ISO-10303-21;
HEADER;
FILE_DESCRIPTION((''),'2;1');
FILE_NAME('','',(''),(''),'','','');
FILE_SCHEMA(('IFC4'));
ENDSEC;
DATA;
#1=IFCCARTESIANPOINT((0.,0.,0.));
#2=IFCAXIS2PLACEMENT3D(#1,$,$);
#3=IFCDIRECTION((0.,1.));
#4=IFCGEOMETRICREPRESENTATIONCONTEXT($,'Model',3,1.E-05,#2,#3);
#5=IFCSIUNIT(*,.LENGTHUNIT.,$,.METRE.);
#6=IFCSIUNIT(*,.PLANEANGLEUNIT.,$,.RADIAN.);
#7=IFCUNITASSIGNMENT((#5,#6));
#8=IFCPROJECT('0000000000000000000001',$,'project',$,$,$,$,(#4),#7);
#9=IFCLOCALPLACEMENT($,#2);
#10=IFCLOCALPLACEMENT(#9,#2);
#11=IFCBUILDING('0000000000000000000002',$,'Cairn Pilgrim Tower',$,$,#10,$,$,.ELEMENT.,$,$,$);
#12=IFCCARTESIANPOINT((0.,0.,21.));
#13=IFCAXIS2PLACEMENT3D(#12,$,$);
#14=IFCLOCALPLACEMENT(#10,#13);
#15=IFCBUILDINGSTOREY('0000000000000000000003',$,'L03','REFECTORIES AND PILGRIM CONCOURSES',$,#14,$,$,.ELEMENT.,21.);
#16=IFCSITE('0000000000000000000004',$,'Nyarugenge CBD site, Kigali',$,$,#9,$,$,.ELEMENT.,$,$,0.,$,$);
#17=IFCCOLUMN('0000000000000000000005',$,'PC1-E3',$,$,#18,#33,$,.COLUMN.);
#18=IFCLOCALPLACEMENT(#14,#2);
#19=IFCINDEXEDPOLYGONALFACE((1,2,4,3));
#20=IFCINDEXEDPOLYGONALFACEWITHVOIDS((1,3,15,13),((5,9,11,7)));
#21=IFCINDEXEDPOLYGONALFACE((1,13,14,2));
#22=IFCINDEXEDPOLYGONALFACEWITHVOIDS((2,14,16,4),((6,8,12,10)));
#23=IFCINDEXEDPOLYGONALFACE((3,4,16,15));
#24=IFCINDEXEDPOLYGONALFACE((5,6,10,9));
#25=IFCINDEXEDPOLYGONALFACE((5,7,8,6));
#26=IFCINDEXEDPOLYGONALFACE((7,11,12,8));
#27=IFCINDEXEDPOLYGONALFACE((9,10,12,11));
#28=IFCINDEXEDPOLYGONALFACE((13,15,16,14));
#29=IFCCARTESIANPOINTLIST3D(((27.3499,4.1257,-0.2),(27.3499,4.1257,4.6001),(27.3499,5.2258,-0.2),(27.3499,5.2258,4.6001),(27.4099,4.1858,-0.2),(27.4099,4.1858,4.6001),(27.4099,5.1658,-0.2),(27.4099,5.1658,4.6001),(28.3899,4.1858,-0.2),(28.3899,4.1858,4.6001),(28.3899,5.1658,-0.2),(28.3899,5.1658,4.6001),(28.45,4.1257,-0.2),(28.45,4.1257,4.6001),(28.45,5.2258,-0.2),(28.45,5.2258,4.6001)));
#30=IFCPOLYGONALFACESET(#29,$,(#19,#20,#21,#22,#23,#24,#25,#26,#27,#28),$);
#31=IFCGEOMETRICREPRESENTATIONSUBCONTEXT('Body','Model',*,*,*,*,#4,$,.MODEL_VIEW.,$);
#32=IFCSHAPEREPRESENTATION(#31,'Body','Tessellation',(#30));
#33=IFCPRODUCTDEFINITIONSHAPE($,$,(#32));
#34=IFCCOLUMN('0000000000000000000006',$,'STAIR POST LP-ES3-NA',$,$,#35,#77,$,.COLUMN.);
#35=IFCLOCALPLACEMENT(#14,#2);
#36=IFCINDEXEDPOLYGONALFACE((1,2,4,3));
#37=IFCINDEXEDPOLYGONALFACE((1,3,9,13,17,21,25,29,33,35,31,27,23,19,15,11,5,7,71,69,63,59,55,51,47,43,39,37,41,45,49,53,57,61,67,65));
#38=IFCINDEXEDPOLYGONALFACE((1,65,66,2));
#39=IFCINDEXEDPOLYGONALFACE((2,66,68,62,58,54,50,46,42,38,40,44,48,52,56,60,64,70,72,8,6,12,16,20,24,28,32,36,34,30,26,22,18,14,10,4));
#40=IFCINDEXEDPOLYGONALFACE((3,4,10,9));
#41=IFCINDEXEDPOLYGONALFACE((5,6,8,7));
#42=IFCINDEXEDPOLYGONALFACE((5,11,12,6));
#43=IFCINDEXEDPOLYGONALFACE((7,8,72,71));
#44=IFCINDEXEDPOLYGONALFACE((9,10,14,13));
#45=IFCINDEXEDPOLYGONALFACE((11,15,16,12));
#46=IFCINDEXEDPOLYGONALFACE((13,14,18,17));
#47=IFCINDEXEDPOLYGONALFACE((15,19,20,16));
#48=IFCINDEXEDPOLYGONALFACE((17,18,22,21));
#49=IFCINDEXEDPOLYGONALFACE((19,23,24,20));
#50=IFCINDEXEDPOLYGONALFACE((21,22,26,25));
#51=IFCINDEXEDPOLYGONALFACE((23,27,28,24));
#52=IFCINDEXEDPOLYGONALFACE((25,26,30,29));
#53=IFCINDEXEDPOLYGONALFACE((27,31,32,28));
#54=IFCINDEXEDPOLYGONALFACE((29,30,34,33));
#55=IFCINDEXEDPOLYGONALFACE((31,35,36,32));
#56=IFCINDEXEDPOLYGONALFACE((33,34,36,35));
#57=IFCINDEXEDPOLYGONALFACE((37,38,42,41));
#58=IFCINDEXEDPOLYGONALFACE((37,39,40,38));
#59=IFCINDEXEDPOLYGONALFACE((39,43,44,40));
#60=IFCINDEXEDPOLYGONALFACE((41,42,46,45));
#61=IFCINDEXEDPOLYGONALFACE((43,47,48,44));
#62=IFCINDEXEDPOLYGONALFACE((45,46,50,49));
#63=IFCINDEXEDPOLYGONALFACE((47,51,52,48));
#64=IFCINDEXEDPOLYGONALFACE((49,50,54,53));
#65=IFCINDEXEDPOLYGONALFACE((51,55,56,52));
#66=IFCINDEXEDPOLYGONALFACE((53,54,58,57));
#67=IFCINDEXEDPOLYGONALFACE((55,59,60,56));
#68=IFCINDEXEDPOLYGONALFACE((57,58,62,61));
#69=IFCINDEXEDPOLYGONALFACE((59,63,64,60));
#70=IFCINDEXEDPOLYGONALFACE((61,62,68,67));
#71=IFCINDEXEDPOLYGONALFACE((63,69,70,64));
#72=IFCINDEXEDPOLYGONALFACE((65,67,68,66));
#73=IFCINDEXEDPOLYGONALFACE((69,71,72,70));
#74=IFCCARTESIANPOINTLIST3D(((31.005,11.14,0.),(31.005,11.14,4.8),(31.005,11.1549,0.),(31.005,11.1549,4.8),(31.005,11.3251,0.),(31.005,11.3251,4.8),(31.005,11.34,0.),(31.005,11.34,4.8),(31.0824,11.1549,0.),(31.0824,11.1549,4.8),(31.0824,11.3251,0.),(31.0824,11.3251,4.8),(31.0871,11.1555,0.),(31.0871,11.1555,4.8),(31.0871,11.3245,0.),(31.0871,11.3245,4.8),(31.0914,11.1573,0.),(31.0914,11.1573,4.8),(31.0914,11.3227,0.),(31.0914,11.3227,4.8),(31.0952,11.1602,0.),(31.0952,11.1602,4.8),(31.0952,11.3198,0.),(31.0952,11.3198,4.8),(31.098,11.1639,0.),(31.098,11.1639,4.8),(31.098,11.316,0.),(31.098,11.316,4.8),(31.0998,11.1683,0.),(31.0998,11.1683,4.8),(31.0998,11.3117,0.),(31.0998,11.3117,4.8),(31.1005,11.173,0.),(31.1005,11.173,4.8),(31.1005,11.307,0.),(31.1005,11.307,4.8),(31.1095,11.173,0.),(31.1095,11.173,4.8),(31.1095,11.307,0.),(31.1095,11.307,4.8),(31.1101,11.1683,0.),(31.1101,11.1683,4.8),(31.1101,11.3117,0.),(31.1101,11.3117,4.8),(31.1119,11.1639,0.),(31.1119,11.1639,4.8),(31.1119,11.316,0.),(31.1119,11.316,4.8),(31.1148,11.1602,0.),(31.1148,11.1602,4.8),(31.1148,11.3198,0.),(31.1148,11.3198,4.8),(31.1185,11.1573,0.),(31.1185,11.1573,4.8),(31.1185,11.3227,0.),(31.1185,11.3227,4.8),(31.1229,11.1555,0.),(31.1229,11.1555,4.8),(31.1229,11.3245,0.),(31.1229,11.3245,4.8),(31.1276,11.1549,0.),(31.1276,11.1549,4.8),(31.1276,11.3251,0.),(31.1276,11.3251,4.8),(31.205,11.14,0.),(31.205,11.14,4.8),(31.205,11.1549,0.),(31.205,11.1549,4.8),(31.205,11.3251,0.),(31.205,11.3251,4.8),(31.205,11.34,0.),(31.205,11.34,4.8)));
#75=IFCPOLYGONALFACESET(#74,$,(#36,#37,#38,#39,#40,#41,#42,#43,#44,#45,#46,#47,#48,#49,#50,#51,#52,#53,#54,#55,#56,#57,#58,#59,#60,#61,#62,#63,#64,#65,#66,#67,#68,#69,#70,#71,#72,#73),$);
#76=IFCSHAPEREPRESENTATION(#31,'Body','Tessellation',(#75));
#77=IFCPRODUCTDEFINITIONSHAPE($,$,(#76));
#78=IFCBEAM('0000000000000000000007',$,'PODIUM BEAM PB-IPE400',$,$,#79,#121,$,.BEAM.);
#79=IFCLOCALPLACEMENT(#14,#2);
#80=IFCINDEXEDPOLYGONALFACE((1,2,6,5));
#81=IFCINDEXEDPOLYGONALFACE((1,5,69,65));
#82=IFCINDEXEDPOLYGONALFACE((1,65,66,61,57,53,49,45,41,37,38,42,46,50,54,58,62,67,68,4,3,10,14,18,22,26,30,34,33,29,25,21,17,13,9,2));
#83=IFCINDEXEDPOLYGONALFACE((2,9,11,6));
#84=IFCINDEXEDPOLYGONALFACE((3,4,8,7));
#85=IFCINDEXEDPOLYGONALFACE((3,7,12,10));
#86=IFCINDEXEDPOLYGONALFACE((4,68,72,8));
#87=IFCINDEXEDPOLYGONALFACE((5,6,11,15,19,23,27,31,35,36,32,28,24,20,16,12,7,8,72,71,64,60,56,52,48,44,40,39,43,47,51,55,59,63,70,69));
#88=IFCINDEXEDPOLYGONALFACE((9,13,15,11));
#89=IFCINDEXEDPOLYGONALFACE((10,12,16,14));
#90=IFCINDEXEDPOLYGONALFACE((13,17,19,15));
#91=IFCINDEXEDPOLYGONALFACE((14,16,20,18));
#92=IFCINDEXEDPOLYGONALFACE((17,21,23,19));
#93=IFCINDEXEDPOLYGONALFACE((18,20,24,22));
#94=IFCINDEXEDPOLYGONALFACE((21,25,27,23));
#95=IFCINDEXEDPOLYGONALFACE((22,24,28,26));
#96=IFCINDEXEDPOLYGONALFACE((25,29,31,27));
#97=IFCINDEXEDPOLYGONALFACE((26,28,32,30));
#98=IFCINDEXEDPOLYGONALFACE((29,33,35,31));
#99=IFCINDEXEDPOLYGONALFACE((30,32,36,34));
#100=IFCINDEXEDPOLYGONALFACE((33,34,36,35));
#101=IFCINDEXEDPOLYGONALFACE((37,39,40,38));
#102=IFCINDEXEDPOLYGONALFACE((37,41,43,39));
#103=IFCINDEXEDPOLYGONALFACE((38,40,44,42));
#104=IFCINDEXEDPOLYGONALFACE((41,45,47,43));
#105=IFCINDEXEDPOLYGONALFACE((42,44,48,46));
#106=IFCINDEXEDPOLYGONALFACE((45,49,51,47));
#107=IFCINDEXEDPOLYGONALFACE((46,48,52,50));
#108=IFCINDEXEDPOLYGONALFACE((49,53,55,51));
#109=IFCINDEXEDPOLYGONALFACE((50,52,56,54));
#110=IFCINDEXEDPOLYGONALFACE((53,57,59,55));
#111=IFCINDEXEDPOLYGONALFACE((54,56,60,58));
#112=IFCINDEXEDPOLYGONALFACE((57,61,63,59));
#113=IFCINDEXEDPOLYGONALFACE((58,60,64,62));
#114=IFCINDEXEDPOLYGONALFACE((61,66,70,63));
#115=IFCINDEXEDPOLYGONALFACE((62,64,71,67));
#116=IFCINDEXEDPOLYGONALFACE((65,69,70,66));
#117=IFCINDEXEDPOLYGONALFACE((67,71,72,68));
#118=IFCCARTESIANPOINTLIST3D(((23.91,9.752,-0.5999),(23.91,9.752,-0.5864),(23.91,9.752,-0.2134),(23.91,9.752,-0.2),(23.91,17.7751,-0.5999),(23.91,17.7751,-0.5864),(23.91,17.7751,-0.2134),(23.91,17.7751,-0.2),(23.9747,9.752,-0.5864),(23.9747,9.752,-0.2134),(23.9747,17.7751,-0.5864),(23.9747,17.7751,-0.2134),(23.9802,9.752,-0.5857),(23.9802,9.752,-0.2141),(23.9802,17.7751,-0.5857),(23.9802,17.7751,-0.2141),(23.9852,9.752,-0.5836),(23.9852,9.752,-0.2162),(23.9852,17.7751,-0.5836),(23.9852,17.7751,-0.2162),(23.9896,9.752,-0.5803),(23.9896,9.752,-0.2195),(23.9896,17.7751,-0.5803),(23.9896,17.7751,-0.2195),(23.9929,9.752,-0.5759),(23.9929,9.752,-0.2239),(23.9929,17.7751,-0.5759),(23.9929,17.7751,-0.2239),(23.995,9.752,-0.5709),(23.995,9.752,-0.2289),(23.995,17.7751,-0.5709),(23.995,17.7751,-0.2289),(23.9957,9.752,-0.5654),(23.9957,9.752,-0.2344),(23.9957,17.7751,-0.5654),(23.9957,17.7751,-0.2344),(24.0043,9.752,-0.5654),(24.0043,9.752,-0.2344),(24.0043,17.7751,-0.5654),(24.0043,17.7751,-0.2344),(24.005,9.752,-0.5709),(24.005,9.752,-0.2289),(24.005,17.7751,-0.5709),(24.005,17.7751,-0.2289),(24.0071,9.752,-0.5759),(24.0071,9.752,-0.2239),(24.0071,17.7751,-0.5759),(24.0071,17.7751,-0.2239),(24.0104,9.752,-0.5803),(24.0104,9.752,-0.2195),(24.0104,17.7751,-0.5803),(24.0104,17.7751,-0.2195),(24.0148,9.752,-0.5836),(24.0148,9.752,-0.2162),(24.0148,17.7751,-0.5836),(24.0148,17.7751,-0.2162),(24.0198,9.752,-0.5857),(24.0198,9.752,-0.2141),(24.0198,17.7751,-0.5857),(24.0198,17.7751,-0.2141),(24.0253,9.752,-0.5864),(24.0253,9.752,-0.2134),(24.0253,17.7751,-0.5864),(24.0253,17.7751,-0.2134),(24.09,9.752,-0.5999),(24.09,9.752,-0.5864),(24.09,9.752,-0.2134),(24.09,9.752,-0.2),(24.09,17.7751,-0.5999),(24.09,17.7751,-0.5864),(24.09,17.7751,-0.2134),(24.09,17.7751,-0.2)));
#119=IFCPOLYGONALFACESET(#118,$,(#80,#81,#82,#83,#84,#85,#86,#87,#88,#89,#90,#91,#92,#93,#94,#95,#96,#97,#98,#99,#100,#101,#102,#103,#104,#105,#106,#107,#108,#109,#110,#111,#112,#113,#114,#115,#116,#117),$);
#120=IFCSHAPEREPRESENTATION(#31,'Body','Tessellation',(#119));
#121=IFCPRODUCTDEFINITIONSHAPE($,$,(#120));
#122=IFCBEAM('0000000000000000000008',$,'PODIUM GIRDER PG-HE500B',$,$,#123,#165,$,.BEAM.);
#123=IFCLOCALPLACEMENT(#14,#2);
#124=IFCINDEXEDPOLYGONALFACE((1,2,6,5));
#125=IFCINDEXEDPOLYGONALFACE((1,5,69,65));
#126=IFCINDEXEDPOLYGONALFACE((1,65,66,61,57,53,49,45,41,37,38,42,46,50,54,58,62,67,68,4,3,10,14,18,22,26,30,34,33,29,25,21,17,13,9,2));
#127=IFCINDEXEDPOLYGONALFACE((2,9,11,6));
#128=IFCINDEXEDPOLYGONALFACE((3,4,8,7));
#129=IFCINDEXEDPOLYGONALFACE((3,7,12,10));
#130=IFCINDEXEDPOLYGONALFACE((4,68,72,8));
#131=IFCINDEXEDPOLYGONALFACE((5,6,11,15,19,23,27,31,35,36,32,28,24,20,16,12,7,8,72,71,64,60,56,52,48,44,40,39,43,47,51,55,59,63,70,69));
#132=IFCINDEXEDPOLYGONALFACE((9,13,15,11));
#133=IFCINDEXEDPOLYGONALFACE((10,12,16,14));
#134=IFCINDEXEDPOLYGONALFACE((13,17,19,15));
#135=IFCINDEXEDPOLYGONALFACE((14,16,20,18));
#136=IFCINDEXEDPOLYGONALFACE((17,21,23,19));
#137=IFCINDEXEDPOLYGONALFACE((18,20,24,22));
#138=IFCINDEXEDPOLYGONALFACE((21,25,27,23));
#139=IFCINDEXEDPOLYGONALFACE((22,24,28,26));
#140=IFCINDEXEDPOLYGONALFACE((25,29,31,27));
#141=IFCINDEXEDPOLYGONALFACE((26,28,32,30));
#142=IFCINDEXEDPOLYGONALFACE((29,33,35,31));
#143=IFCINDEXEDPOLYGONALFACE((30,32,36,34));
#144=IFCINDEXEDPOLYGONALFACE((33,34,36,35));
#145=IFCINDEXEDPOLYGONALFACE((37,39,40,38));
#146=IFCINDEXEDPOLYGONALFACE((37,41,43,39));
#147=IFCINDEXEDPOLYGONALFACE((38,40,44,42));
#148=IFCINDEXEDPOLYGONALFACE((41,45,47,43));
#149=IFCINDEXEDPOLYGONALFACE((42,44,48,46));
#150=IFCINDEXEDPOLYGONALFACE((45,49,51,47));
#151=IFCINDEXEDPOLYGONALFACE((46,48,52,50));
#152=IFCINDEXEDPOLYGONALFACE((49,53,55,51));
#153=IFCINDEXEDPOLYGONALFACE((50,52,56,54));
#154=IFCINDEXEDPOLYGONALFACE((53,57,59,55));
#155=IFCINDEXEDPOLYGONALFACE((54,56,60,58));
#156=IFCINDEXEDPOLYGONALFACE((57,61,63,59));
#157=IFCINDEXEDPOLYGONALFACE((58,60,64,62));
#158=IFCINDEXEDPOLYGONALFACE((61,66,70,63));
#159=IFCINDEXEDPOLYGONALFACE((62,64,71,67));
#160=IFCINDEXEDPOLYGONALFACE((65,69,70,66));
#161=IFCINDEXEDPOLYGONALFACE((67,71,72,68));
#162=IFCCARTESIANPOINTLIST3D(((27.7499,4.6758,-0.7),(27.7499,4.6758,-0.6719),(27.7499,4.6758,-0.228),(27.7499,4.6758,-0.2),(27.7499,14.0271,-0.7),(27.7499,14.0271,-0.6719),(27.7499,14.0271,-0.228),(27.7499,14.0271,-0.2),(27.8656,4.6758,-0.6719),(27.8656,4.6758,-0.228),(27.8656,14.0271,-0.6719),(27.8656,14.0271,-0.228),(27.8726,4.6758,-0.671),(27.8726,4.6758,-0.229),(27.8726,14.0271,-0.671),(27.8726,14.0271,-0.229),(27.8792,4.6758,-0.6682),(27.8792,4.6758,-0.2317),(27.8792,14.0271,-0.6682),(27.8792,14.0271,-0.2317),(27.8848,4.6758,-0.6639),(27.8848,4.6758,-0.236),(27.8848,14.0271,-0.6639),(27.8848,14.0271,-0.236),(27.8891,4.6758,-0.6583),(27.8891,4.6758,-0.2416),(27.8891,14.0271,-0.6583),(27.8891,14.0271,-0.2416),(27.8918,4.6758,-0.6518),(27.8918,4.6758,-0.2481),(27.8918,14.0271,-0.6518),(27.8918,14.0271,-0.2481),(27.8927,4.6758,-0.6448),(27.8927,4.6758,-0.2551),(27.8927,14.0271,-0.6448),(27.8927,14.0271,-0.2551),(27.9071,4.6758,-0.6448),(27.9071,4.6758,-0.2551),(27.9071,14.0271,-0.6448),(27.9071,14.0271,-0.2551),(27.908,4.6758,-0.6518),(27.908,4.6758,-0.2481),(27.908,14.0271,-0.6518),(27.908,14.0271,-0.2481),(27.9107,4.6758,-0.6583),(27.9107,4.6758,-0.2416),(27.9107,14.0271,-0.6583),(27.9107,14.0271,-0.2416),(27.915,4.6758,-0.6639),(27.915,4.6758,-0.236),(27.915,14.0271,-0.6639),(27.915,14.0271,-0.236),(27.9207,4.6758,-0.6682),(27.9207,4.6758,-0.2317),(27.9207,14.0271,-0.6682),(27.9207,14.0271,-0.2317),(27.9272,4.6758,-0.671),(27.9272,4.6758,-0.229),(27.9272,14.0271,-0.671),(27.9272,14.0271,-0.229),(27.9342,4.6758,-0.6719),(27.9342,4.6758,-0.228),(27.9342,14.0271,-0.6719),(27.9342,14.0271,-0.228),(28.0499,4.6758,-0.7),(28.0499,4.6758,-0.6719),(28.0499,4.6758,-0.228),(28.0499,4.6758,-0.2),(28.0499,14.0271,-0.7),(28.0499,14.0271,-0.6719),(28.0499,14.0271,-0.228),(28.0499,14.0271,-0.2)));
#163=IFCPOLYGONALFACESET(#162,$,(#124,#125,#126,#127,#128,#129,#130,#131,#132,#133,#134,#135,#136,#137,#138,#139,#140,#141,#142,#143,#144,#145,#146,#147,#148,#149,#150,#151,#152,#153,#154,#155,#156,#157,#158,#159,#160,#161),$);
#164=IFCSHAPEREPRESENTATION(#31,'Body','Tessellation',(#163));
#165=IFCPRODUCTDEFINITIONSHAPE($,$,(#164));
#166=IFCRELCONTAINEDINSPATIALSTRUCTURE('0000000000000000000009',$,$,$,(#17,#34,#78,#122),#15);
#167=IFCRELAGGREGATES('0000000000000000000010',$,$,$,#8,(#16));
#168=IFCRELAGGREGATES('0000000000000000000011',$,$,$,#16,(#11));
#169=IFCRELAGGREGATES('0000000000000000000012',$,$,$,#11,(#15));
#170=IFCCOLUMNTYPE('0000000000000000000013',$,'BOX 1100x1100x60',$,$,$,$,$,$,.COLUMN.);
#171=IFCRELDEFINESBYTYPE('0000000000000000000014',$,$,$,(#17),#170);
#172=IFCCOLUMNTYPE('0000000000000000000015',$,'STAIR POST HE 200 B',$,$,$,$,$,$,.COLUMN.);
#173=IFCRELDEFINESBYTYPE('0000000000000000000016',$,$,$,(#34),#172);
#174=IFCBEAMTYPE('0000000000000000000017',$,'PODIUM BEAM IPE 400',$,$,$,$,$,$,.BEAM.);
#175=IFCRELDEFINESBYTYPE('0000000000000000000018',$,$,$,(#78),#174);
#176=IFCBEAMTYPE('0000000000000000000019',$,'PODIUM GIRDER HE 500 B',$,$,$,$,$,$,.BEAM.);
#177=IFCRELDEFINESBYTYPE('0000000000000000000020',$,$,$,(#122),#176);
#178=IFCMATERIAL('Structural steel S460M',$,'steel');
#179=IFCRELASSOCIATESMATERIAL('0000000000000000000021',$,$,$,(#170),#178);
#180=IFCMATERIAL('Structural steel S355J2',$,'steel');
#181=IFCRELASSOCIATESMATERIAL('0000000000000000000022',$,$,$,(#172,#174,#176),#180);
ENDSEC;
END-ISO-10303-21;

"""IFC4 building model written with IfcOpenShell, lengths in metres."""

from ifc_helpers import new_model, si_unit, direction, frame, origin, origin_2d, place, context, subcontext, project, spatial, hollow_rectangle, i_section, extrude, material, material_profile, profile_set, type_object, element, save


model = new_model("IFC4")

# Units and contexts
model_context = context("Model", 3, precision=1e-05, world=origin(), true_north=direction((0.0, 1.0)))
body_context = subcontext(model_context, "Body", "Model", "MODEL_VIEW")
ifc_project = project(units=[si_unit("LENGTHUNIT", "METRE"), si_unit("PLANEANGLEUNIT", "RADIAN")], contexts=[model_context])

# Site, building, storey
site_placement = place(None, origin())
site = spatial("IfcSite", under=ifc_project, at=site_placement, Name="Nyarugenge CBD site, Kigali", CompositionType="ELEMENT", RefElevation=0.0)
building_placement = place(site_placement, origin())
building = spatial("IfcBuilding", under=site, at=building_placement, Name="Cairn Pilgrim Tower", CompositionType="ELEMENT")
storey_placement = place(building_placement, frame((0.0, 0.0, 21.0)))
storey = spatial("IfcBuildingStorey", under=building, at=storey_placement, Name="L03", Description="REFECTORIES AND PILGRIM CONCOURSES", CompositionType="ELEMENT", Elevation=21.0)

# Columns
ifc_material_1 = material(Name="Structural steel S460M", Category="steel")
ifc_material_profile_1 = material_profile(ifc_material_1, hollow_rectangle(XDim=1.1001, YDim=1.1001, WallThickness=0.0601, at=origin_2d()), Name="BOX 1100x1100x60")
ifc_profile_set_1 = profile_set([ifc_material_profile_1], Name="Structural steel S460M")
column_type_1 = type_object("IfcColumnType", Name="BOX 1100x1100x60", PredefinedType="COLUMN", material=ifc_profile_set_1)
column_1_placement = place(storey_placement, frame((27.8999, 4.6758, -0.2), z_axis=(0.0, 0.0, 1.0), x_axis=(1.0, 0.0, 0.0)))
element("IfcColumn", 1, at=column_1_placement, inside=storey, type_object=column_type_1, Name="PC1-E3", PredefinedType="COLUMN", context=body_context, shape_type="SweptSolid", body=[
    extrude(hollow_rectangle(XDim=1.1001, YDim=1.1001, WallThickness=0.0601, at=origin_2d()), origin(), (0.0, 0.0, 1.0), 4.8),
])
ifc_material_2 = material(Name="Structural steel S355J2", Category="steel")
ifc_material_profile_2 = material_profile(ifc_material_2, i_section(OverallWidth=0.2, OverallDepth=0.2, WebThickness=0.009, FlangeThickness=0.0149, FilletRadius=0.0181, at=origin_2d()), Name="HE 200 B")
ifc_profile_set_2 = profile_set([ifc_material_profile_2], Name="Structural steel S355J2")
column_type_2 = type_object("IfcColumnType", Name="STAIR POST HE 200 B", PredefinedType="COLUMN", material=ifc_profile_set_2)
column_2_placement = place(storey_placement, frame((31.105, 11.24, 0.0), z_axis=(0.0, 0.0, 1.0), x_axis=(1.0, 0.0, 0.0)))
element("IfcColumn", 2, at=column_2_placement, inside=storey, type_object=column_type_2, Name="STAIR POST LP-ES3-NA", PredefinedType="COLUMN", context=body_context, shape_type="SweptSolid", body=[
    extrude(i_section(OverallWidth=0.2, OverallDepth=0.2, WebThickness=0.009, FlangeThickness=0.0149, FilletRadius=0.0181, at=origin_2d()), origin(), (0.0, 0.0, 1.0), 4.8),
])

# Beams
ifc_material_profile_3 = material_profile(ifc_material_2, i_section(OverallWidth=0.1799, OverallDepth=0.3999, WebThickness=0.0085, FlangeThickness=0.0134, FilletRadius=0.021, at=origin_2d()), Name="IPE 400")
ifc_profile_set_3 = profile_set([ifc_material_profile_3], Name="Structural steel S355J2")
beam_type_1 = type_object("IfcBeamType", Name="PODIUM BEAM IPE 400", PredefinedType="BEAM", material=ifc_profile_set_3)
beam_1_placement = place(storey_placement, frame((24.0, 9.752, -0.3999), z_axis=(0.0, 1.0, 0.0), x_axis=(-1.0, 0.0, 0.0)))
element("IfcBeam", 3, at=beam_1_placement, inside=storey, type_object=beam_type_1, Name="PODIUM BEAM PB-IPE400", PredefinedType="BEAM", context=body_context, shape_type="SweptSolid", body=[
    extrude(i_section(OverallWidth=0.1799, OverallDepth=0.3999, WebThickness=0.0085, FlangeThickness=0.0134, FilletRadius=0.021, at=origin_2d()), origin(), (0.0, 0.0, 1.0), 8.0232),
])
ifc_material_profile_4 = material_profile(ifc_material_2, i_section(OverallWidth=0.3, OverallDepth=0.5, WebThickness=0.0144, FlangeThickness=0.0281, FilletRadius=0.0271, at=origin_2d()), Name="HEB 500")
ifc_profile_set_4 = profile_set([ifc_material_profile_4], Name="Structural steel S355J2")
beam_type_2 = type_object("IfcBeamType", Name="PODIUM GIRDER HE 500 B", PredefinedType="BEAM", material=ifc_profile_set_4)
beam_2_placement = place(storey_placement, frame((27.8999, 4.6758, -0.45), z_axis=(0.0, 1.0, 0.0), x_axis=(-1.0, 0.0, 0.0)))
element("IfcBeam", 4, at=beam_2_placement, inside=storey, type_object=beam_type_2, Name="PODIUM GIRDER PG-HE500B", PredefinedType="BEAM", context=body_context, shape_type="SweptSolid", body=[
    extrude(i_section(OverallWidth=0.3, OverallDepth=0.5, WebThickness=0.0144, FlangeThickness=0.0281, FilletRadius=0.0271, at=origin_2d()), origin(), (0.0, 0.0, 1.0), 9.3513),
])

save(model, "model.ifc")
